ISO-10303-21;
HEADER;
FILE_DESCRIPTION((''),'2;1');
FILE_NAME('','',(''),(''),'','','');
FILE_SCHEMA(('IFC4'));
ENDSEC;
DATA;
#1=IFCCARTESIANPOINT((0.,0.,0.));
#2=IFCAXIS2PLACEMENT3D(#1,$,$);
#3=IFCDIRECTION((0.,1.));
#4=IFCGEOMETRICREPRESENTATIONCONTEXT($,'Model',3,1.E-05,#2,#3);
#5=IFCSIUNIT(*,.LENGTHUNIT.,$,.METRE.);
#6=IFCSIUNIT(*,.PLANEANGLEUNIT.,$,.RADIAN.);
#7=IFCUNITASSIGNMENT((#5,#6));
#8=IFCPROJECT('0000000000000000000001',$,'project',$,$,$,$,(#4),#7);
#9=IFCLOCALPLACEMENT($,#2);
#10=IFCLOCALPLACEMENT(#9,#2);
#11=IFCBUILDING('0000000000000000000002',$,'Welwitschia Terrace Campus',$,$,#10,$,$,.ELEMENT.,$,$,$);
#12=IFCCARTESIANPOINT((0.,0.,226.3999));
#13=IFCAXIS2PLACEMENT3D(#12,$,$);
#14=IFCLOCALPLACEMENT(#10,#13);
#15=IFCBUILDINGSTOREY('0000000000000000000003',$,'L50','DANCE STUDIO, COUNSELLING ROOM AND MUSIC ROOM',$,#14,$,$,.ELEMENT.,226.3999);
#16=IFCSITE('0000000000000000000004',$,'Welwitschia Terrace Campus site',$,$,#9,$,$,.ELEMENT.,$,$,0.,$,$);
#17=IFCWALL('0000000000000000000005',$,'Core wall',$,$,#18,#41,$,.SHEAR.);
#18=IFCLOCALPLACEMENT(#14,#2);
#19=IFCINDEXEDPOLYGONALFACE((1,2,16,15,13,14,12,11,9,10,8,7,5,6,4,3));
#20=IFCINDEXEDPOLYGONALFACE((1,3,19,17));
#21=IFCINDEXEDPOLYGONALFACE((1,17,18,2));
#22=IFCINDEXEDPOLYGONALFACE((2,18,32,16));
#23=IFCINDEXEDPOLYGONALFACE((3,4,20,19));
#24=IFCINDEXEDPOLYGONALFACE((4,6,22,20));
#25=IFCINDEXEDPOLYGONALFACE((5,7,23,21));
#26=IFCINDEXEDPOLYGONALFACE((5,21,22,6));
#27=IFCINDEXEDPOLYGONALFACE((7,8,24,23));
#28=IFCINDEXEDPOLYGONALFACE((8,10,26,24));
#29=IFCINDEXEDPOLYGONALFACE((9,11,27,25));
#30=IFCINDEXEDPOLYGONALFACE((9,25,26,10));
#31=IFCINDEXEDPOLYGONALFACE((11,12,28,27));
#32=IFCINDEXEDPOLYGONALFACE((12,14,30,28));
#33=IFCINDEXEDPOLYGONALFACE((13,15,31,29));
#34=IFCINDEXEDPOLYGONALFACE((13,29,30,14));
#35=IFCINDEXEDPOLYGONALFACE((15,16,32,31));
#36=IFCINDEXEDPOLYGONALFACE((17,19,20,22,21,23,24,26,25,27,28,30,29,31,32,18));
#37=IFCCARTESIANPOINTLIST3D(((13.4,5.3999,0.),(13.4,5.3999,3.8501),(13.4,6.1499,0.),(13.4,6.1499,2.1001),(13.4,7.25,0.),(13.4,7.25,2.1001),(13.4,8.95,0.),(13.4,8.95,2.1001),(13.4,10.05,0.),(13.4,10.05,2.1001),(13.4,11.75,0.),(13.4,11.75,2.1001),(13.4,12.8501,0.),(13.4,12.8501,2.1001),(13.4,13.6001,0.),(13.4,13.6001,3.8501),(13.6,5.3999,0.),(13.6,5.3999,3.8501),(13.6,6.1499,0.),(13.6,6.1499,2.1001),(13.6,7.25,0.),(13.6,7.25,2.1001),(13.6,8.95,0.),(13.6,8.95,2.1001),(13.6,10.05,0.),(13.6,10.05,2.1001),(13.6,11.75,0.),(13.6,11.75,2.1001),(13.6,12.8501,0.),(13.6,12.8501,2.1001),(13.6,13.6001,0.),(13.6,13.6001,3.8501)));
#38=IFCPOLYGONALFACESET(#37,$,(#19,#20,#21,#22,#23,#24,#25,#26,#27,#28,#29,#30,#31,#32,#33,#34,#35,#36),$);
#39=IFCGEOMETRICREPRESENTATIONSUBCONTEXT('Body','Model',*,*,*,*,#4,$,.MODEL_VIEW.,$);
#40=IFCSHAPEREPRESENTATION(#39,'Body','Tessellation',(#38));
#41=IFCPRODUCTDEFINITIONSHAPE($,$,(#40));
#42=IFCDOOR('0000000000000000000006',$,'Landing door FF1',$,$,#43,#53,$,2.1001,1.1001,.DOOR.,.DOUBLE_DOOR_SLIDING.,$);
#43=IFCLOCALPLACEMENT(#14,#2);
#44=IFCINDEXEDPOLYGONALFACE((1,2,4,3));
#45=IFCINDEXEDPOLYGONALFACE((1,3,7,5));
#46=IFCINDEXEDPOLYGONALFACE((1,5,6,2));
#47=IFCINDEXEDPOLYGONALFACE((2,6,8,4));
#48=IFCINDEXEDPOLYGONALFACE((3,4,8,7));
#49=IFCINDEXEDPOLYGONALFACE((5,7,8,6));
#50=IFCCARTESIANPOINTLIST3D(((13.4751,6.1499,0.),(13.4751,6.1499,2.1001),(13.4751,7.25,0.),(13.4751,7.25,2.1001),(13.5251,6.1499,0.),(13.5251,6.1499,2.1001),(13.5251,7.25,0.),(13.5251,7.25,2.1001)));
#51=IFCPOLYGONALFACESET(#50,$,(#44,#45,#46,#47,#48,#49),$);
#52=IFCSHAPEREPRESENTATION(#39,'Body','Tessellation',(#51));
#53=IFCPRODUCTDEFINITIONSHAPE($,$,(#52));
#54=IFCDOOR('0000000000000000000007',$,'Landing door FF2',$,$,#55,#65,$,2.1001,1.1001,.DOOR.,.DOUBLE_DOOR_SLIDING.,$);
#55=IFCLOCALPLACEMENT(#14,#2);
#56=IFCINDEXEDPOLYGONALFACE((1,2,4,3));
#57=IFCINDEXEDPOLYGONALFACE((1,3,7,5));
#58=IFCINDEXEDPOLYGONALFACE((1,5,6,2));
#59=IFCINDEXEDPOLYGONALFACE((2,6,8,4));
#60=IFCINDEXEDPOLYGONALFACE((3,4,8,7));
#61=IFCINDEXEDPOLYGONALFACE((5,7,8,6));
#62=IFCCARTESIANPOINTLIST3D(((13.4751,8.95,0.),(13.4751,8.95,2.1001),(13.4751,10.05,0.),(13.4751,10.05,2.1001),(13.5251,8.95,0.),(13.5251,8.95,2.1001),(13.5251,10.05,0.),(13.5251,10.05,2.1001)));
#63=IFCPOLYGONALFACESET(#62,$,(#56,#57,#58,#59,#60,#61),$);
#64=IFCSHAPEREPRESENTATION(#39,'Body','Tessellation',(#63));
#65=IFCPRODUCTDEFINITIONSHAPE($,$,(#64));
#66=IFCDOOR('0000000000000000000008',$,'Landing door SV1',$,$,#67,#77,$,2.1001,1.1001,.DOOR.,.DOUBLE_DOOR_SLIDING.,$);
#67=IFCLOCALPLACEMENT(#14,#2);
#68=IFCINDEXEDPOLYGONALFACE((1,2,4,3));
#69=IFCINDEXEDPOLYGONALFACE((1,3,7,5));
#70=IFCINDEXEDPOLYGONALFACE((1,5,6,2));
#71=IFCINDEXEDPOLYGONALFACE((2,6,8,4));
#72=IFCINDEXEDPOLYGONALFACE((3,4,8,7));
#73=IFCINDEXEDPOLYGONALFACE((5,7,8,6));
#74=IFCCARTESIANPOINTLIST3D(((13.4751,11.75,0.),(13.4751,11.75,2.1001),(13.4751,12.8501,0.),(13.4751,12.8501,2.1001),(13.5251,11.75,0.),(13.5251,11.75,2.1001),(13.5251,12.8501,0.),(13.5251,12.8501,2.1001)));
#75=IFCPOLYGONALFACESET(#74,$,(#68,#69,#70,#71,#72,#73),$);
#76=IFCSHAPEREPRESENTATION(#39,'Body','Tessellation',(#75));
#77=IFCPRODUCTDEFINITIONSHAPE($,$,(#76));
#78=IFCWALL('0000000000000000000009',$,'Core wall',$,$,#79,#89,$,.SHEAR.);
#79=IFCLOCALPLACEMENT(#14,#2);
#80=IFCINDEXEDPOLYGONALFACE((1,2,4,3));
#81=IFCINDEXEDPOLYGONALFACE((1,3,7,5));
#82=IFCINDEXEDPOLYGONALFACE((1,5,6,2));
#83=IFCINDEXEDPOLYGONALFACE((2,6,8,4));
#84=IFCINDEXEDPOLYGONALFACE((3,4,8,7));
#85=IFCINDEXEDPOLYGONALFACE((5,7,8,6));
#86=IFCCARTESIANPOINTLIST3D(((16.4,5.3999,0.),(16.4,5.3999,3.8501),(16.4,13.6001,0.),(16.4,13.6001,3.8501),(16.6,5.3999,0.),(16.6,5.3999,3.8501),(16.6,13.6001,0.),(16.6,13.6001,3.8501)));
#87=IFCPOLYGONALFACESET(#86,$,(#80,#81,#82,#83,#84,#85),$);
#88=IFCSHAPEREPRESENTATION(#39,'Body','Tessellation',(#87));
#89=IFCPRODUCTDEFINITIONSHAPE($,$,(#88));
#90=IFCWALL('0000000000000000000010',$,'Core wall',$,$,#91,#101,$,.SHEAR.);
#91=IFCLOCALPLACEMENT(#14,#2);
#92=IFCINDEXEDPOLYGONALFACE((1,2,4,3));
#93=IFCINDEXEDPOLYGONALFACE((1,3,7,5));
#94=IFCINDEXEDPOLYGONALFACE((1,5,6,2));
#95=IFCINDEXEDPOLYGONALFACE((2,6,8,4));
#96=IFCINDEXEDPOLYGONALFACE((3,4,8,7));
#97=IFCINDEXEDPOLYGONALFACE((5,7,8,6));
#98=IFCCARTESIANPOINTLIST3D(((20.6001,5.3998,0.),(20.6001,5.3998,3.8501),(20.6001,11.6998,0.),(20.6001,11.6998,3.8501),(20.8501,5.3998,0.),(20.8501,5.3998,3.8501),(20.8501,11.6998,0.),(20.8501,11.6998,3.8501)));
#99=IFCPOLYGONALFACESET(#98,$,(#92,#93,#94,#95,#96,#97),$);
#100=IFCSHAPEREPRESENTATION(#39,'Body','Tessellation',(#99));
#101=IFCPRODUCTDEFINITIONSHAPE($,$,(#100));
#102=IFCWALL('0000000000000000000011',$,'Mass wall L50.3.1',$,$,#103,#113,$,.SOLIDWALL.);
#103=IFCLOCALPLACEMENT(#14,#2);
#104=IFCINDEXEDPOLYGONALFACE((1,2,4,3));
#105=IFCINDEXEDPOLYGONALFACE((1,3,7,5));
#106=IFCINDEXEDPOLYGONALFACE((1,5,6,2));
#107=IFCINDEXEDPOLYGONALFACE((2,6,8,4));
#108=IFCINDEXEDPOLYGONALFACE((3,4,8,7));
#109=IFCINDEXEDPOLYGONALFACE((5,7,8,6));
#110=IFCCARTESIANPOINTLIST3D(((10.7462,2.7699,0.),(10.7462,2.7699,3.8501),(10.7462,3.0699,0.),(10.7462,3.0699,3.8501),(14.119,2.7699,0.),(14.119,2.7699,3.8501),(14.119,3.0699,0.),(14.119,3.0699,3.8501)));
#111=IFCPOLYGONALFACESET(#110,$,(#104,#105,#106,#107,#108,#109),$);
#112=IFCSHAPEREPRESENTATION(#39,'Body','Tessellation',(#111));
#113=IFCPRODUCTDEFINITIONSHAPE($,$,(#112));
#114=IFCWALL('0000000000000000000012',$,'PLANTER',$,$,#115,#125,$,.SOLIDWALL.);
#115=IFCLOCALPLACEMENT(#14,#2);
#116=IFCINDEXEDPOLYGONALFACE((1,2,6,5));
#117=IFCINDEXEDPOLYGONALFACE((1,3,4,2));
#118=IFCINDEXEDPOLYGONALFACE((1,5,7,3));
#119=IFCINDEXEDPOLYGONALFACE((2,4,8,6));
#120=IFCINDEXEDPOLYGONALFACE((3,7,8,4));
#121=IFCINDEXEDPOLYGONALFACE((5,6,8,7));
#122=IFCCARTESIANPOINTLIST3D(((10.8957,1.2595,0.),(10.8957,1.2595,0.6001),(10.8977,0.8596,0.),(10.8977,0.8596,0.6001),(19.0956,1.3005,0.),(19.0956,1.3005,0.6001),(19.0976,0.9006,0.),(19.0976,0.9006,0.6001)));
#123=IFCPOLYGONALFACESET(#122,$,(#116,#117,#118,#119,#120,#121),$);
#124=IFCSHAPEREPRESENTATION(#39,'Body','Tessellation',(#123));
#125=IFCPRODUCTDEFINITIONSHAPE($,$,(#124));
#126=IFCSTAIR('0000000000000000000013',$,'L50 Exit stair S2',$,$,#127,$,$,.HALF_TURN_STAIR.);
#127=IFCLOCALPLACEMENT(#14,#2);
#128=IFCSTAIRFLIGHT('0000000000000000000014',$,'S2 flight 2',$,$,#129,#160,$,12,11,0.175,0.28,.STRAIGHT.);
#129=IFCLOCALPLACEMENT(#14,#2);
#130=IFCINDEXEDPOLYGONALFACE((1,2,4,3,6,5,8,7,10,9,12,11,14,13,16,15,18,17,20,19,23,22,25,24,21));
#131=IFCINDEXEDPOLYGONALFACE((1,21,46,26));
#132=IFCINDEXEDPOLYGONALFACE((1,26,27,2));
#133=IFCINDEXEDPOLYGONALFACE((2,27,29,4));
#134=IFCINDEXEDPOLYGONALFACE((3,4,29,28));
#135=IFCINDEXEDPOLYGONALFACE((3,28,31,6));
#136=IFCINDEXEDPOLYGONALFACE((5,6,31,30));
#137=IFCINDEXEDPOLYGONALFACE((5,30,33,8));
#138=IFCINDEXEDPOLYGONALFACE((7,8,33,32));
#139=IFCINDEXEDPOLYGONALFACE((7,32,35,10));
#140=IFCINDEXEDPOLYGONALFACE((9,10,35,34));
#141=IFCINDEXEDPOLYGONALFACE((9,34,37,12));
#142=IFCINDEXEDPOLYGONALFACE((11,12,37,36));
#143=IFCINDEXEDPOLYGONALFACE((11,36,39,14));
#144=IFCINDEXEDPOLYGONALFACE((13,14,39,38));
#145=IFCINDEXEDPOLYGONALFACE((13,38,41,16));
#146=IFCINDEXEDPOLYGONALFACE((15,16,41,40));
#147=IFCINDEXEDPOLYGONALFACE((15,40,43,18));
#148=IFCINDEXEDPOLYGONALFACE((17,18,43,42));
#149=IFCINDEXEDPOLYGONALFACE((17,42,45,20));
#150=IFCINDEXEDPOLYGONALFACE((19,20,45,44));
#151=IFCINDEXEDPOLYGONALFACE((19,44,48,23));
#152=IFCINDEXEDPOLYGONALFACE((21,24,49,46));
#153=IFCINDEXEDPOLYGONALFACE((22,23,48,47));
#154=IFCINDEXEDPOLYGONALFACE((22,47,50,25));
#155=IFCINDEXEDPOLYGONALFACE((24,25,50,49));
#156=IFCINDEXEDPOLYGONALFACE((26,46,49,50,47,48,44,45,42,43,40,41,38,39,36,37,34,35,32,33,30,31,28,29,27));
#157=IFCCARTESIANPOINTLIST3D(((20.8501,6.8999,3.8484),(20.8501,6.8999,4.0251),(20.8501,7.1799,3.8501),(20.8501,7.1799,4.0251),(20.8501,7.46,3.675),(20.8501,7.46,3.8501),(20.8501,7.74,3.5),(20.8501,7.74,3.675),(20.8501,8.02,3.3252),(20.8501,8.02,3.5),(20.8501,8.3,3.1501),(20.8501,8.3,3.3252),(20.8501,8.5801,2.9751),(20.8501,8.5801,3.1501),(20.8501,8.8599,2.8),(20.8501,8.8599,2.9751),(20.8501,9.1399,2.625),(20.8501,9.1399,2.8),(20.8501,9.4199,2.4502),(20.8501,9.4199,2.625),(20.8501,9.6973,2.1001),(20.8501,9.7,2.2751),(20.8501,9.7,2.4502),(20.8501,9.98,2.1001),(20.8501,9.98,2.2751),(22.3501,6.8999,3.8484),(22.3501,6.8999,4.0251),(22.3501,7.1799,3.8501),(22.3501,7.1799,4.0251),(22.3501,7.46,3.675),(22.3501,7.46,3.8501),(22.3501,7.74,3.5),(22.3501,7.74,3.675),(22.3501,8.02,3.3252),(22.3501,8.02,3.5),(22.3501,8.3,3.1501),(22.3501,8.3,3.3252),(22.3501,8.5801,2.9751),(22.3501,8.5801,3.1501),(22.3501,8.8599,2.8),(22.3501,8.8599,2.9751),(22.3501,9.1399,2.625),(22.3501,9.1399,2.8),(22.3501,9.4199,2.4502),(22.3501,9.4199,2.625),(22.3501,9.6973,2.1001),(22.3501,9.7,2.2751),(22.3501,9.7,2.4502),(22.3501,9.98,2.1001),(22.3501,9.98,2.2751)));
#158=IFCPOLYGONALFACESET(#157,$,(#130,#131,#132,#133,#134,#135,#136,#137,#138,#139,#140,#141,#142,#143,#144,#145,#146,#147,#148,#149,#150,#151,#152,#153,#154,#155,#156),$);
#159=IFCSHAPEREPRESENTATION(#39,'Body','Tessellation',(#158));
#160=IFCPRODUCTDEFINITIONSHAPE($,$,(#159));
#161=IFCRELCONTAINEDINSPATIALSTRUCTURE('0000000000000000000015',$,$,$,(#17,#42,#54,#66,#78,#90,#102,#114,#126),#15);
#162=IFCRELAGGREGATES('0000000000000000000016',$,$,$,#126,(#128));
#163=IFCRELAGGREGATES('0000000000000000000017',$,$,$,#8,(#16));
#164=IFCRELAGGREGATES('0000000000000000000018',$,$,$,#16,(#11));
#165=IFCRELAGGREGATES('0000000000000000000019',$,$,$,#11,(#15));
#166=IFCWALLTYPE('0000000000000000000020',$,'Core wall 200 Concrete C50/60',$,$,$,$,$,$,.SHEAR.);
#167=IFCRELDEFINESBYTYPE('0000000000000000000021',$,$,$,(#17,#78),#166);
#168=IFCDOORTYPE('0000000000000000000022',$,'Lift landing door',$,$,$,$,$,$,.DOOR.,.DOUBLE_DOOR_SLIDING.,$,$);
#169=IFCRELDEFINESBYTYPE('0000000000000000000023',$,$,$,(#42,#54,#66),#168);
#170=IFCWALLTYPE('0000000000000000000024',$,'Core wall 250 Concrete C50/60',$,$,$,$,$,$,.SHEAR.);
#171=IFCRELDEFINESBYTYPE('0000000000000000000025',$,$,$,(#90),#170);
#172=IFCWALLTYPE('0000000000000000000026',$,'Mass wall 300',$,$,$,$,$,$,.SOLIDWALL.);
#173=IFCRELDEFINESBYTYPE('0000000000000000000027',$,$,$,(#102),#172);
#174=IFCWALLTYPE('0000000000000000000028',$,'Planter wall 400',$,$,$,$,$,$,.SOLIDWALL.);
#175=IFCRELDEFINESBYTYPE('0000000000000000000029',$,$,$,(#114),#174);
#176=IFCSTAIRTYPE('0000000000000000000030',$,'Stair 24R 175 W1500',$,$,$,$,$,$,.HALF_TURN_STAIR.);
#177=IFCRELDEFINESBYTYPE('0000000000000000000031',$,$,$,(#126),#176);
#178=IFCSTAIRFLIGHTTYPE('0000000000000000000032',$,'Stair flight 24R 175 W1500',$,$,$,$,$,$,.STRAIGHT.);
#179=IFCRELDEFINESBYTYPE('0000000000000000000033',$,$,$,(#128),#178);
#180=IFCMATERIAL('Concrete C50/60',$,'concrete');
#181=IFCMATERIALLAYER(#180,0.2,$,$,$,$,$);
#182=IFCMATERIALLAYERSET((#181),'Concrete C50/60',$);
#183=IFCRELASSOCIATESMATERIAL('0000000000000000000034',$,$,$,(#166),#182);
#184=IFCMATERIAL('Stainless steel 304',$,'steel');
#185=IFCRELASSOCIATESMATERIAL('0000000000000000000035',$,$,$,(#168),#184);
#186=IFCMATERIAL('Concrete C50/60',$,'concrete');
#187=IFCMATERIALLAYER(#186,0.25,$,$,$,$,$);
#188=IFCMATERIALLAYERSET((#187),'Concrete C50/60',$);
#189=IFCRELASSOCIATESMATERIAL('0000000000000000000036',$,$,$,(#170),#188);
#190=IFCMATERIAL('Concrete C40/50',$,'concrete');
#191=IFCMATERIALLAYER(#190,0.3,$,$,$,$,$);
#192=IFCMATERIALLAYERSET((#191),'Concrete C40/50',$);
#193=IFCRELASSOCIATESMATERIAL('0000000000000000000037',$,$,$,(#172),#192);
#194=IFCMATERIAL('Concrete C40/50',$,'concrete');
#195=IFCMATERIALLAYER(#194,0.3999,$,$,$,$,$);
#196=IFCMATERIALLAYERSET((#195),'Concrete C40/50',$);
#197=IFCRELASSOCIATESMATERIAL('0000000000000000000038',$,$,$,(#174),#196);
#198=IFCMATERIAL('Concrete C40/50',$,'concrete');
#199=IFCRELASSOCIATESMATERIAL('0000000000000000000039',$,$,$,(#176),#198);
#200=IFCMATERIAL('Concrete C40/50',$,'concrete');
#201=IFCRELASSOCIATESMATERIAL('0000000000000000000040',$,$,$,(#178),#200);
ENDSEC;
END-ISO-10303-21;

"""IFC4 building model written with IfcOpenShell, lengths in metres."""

from ifc_helpers import new_model, si_unit, direction, frame, frame_2d, origin, place, context, subcontext, project, spatial, polyline, rectangle, outline, extrude, material, layer, layer_set, type_object, element, fill, aggregate, save


model = new_model("IFC4")

# Units and contexts
model_context = context("Model", 3, precision=1e-05, world=origin(), true_north=direction((0.0, 1.0)))
body_context = subcontext(model_context, "Body", "Model", "MODEL_VIEW")
ifc_project = project(units=[si_unit("LENGTHUNIT", "METRE"), si_unit("PLANEANGLEUNIT", "RADIAN")], contexts=[model_context])

# Site, building, storey
site_placement = place(None, origin())
site = spatial("IfcSite", under=ifc_project, at=site_placement, Name="Welwitschia Terrace Campus site", CompositionType="ELEMENT", RefElevation=0.0)
building_placement = place(site_placement, origin())
building = spatial("IfcBuilding", under=site, at=building_placement, Name="Welwitschia Terrace Campus", CompositionType="ELEMENT")
storey_placement = place(building_placement, frame((0.0, 0.0, 226.3999)))
storey = spatial("IfcBuildingStorey", under=building, at=storey_placement, Name="L50", Description="DANCE STUDIO, COUNSELLING ROOM AND MUSIC ROOM", CompositionType="ELEMENT", Elevation=226.3999)

# Shared definitions
ifc_material_1 = material(Name="Concrete C50/60", Category="concrete")
ifc_layer_1 = layer(ifc_material_1, 0.2)
ifc_layer_set_1 = layer_set([ifc_layer_1], Name="Concrete C50/60")
wall_type_1 = type_object("IfcWallType", Name="Core wall 200 Concrete C50/60", PredefinedType="SHEAR", material=ifc_layer_set_1)

# Wall, openings, doors
wall_1_placement = place(storey_placement, frame((13.5, 5.3999, 0.0), z_axis=(0.0, 0.0, 1.0), x_axis=(0.0, 1.0, 0.0)))
wall_1 = element("IfcWall", 1, at=wall_1_placement, inside=storey, type_object=wall_type_1, Name="Core wall", PredefinedType="SHEAR", context=body_context, shape_type="SweptSolid", body=[
    extrude(rectangle(XDim=8.2002, YDim=0.2, at=frame_2d((4.1001, 0.0))), origin(), (0.0, 0.0, 1.0), 3.8501),
])
opening_1_placement = place(wall_1_placement, frame((0.75, 0.0, 0.0)))
opening_1 = element("IfcOpeningElement", 2, at=opening_1_placement, cuts=wall_1, PredefinedType="OPENING", context=body_context, shape_type="SweptSolid", body=[
    extrude(rectangle(XDim=1.1001, YDim=2.1001, at=frame_2d((0.55, 1.05))), frame((0.0, 0.1099, 0.0), z_axis=(0.0, -1.0, 0.0), x_axis=(1.0, 0.0, 0.0)), (0.0, 0.0, 1.0), 0.22),
])
opening_2_placement = place(wall_1_placement, frame((3.55, 0.0, 0.0)))
opening_2 = element("IfcOpeningElement", 3, at=opening_2_placement, cuts=wall_1, PredefinedType="OPENING", context=body_context, shape_type="SweptSolid", body=[
    extrude(rectangle(XDim=1.1001, YDim=2.1001, at=frame_2d((0.55, 1.05))), frame((0.0, 0.1099, 0.0), z_axis=(0.0, -1.0, 0.0), x_axis=(1.0, 0.0, 0.0)), (0.0, 0.0, 1.0), 0.22),
])
opening_3_placement = place(wall_1_placement, frame((6.3501, 0.0, 0.0)))
opening_3 = element("IfcOpeningElement", 4, at=opening_3_placement, cuts=wall_1, PredefinedType="OPENING", context=body_context, shape_type="SweptSolid", body=[
    extrude(rectangle(XDim=1.1001, YDim=2.1001, at=frame_2d((0.55, 1.05))), frame((0.0, 0.1099, 0.0), z_axis=(0.0, -1.0, 0.0), x_axis=(1.0, 0.0, 0.0)), (0.0, 0.0, 1.0), 0.22),
])
ifc_material_2 = material(Name="Stainless steel 304", Category="steel")
door_type_1 = type_object("IfcDoorType", Name="Lift landing door", OperationType="DOUBLE_DOOR_SLIDING", PredefinedType="DOOR", material=ifc_material_2)
door_1_placement = place(opening_1_placement, origin())
door_1 = element("IfcDoor", 5, at=door_1_placement, inside=storey, type_object=door_type_1, Name="Landing door FF1", OperationType="DOUBLE_DOOR_SLIDING", OverallHeight=2.1001, OverallWidth=1.1001, PredefinedType="DOOR", context=body_context, shape_type="SweptSolid", body=[
    extrude(rectangle(XDim=1.1001, YDim=2.1001, at=frame_2d((0.55, 1.05))), frame((0.0, 0.0249, 0.0), z_axis=(0.0, -1.0, 0.0), x_axis=(1.0, 0.0, 0.0)), (0.0, 0.0, 1.0), 0.05),
])
fill(opening_1, door_1)
door_2_placement = place(opening_2_placement, origin())
door_2 = element("IfcDoor", 6, at=door_2_placement, inside=storey, type_object=door_type_1, Name="Landing door FF2", OperationType="DOUBLE_DOOR_SLIDING", OverallHeight=2.1001, OverallWidth=1.1001, PredefinedType="DOOR", context=body_context, shape_type="SweptSolid", body=[
    extrude(rectangle(XDim=1.1001, YDim=2.1001, at=frame_2d((0.55, 1.05))), frame((0.0, 0.0249, 0.0), z_axis=(0.0, -1.0, 0.0), x_axis=(1.0, 0.0, 0.0)), (0.0, 0.0, 1.0), 0.05),
])
fill(opening_2, door_2)
door_3_placement = place(opening_3_placement, origin())
door_3 = element("IfcDoor", 7, at=door_3_placement, inside=storey, type_object=door_type_1, Name="Landing door SV1", OperationType="DOUBLE_DOOR_SLIDING", OverallHeight=2.1001, OverallWidth=1.1001, PredefinedType="DOOR", context=body_context, shape_type="SweptSolid", body=[
    extrude(rectangle(XDim=1.1001, YDim=2.1001, at=frame_2d((0.55, 1.05))), frame((0.0, 0.0249, 0.0), z_axis=(0.0, -1.0, 0.0), x_axis=(1.0, 0.0, 0.0)), (0.0, 0.0, 1.0), 0.05),
])
fill(opening_3, door_3)

# Walls
wall_2_placement = place(storey_placement, frame((16.5, 5.3999, 0.0), z_axis=(0.0, 0.0, 1.0), x_axis=(0.0, 1.0, 0.0)))
element("IfcWall", 8, at=wall_2_placement, inside=storey, type_object=wall_type_1, Name="Core wall", PredefinedType="SHEAR", context=body_context, shape_type="SweptSolid", body=[
    extrude(rectangle(XDim=8.2002, YDim=0.2, at=frame_2d((4.1001, 0.0))), origin(), (0.0, 0.0, 1.0), 3.8501),
])
ifc_material_3 = material(Name="Concrete C50/60", Category="concrete")
ifc_layer_2 = layer(ifc_material_3, 0.25)
ifc_layer_set_2 = layer_set([ifc_layer_2], Name="Concrete C50/60")
wall_type_2 = type_object("IfcWallType", Name="Core wall 250 Concrete C50/60", PredefinedType="SHEAR", material=ifc_layer_set_2)
wall_3_placement = place(storey_placement, frame((20.7251, 5.3999, 0.0), z_axis=(0.0, 0.0, 1.0), x_axis=(0.0, 1.0, 0.0)))
element("IfcWall", 9, at=wall_3_placement, inside=storey, type_object=wall_type_2, Name="Core wall", PredefinedType="SHEAR", context=body_context, shape_type="SweptSolid", body=[
    extrude(rectangle(XDim=6.3, YDim=0.25, at=frame_2d((3.1499, 0.0))), origin(), (0.0, 0.0, 1.0), 3.8501),
])
ifc_material_4 = material(Name="Concrete C40/50", Category="concrete")
ifc_layer_3 = layer(ifc_material_4, 0.3)
ifc_layer_set_3 = layer_set([ifc_layer_3], Name="Concrete C40/50")
wall_type_3 = type_object("IfcWallType", Name="Mass wall 300", PredefinedType="SOLIDWALL", material=ifc_layer_set_3)
wall_4_placement = place(storey_placement, frame((10.7461, 2.9199, 0.0), z_axis=(0.0, 0.0, 1.0), x_axis=(1.0, 0.0, 0.0)))
element("IfcWall", 10, at=wall_4_placement, inside=storey, type_object=wall_type_3, Name="Mass wall L50.3.1", PredefinedType="SOLIDWALL", context=body_context, shape_type="SweptSolid", body=[
    extrude(rectangle(XDim=3.3728, YDim=0.3, at=frame_2d((1.6865, 0.0))), origin(), (0.0, 0.0, 1.0), 3.8501),
])
ifc_material_5 = material(Name="Concrete C40/50", Category="concrete")
ifc_layer_4 = layer(ifc_material_5, 0.3999)
ifc_layer_set_4 = layer_set([ifc_layer_4], Name="Concrete C40/50")
wall_type_4 = type_object("IfcWallType", Name="Planter wall 400", PredefinedType="SOLIDWALL", material=ifc_layer_set_4)
wall_5_placement = place(storey_placement, frame((19.0967, 1.1006, 0.0), z_axis=(0.0, 0.0, 1.0), x_axis=(-0.999987, -0.005002, 0.0)))
element("IfcWall", 11, at=wall_5_placement, inside=storey, type_object=wall_type_4, Name="PLANTER", PredefinedType="SOLIDWALL", context=body_context, shape_type="SweptSolid", body=[
    extrude(rectangle(XDim=8.2, YDim=0.3999, at=frame_2d((4.1001, 0.0))), origin(), (0.0, 0.0, 1.0), 0.6001),
])

# Stair, stair flight
ifc_material_6 = material(Name="Concrete C40/50", Category="concrete")
stair_type = type_object("IfcStairType", Name="Stair 24R 175 W1500", PredefinedType="HALF_TURN_STAIR", material=ifc_material_6)
stair_placement = place(storey_placement, origin())
stair = element("IfcStair", 12, at=stair_placement, inside=storey, type_object=stair_type, Name="L50 Exit stair S2", PredefinedType="HALF_TURN_STAIR")
ifc_material_7 = material(Name="Concrete C40/50", Category="concrete")
stair_flight_type = type_object("IfcStairFlightType", Name="Stair flight 24R 175 W1500", PredefinedType="STRAIGHT", material=ifc_material_7)
stair_flight_placement = place(storey_placement, frame((21.6001, 9.98, 2.1001), z_axis=(0.0, 0.0, 1.0), x_axis=(0.0, -1.0, 0.0)))
stair_flight = element("IfcStairFlight", 13, at=stair_flight_placement, type_object=stair_flight_type, Name="S2 flight 2", NumberOfRisers=12, NumberOfTreads=11, PredefinedType="STRAIGHT", RiserHeight=0.175, TreadLength=0.28, context=body_context, shape_type="SweptSolid", body=[
    extrude(outline(polyline([(0.0, 0.0), (0.0, 0.175), (0.28, 0.175), (0.28, 0.3501), (0.5601, 0.3501), (0.5601, 0.5249), (0.8401, 0.5249), (0.8401, 0.7), (1.1201, 0.7), (1.1201, 0.875), (1.3999, 0.875), (1.3999, 1.05), (1.6799, 1.05), (1.6799, 1.2251), (1.96, 1.2251), (1.96, 1.3999), (2.24, 1.3999), (2.24, 1.575), (2.52, 1.575), (2.52, 1.75), (2.8, 1.75), (2.8, 1.925), (3.0801, 1.925), (3.0801, 2.1001), (3.0801, 1.7483), (0.2827, 0.0), (0.0, 0.0)])), frame((0.0, 0.75, 0.0), z_axis=(0.0, -1.0, 0.0), x_axis=(1.0, 0.0, 0.0)), (0.0, 0.0, 1.0), 1.5),
])
aggregate(stair, [stair_flight])

save(model, "model.ifc")
